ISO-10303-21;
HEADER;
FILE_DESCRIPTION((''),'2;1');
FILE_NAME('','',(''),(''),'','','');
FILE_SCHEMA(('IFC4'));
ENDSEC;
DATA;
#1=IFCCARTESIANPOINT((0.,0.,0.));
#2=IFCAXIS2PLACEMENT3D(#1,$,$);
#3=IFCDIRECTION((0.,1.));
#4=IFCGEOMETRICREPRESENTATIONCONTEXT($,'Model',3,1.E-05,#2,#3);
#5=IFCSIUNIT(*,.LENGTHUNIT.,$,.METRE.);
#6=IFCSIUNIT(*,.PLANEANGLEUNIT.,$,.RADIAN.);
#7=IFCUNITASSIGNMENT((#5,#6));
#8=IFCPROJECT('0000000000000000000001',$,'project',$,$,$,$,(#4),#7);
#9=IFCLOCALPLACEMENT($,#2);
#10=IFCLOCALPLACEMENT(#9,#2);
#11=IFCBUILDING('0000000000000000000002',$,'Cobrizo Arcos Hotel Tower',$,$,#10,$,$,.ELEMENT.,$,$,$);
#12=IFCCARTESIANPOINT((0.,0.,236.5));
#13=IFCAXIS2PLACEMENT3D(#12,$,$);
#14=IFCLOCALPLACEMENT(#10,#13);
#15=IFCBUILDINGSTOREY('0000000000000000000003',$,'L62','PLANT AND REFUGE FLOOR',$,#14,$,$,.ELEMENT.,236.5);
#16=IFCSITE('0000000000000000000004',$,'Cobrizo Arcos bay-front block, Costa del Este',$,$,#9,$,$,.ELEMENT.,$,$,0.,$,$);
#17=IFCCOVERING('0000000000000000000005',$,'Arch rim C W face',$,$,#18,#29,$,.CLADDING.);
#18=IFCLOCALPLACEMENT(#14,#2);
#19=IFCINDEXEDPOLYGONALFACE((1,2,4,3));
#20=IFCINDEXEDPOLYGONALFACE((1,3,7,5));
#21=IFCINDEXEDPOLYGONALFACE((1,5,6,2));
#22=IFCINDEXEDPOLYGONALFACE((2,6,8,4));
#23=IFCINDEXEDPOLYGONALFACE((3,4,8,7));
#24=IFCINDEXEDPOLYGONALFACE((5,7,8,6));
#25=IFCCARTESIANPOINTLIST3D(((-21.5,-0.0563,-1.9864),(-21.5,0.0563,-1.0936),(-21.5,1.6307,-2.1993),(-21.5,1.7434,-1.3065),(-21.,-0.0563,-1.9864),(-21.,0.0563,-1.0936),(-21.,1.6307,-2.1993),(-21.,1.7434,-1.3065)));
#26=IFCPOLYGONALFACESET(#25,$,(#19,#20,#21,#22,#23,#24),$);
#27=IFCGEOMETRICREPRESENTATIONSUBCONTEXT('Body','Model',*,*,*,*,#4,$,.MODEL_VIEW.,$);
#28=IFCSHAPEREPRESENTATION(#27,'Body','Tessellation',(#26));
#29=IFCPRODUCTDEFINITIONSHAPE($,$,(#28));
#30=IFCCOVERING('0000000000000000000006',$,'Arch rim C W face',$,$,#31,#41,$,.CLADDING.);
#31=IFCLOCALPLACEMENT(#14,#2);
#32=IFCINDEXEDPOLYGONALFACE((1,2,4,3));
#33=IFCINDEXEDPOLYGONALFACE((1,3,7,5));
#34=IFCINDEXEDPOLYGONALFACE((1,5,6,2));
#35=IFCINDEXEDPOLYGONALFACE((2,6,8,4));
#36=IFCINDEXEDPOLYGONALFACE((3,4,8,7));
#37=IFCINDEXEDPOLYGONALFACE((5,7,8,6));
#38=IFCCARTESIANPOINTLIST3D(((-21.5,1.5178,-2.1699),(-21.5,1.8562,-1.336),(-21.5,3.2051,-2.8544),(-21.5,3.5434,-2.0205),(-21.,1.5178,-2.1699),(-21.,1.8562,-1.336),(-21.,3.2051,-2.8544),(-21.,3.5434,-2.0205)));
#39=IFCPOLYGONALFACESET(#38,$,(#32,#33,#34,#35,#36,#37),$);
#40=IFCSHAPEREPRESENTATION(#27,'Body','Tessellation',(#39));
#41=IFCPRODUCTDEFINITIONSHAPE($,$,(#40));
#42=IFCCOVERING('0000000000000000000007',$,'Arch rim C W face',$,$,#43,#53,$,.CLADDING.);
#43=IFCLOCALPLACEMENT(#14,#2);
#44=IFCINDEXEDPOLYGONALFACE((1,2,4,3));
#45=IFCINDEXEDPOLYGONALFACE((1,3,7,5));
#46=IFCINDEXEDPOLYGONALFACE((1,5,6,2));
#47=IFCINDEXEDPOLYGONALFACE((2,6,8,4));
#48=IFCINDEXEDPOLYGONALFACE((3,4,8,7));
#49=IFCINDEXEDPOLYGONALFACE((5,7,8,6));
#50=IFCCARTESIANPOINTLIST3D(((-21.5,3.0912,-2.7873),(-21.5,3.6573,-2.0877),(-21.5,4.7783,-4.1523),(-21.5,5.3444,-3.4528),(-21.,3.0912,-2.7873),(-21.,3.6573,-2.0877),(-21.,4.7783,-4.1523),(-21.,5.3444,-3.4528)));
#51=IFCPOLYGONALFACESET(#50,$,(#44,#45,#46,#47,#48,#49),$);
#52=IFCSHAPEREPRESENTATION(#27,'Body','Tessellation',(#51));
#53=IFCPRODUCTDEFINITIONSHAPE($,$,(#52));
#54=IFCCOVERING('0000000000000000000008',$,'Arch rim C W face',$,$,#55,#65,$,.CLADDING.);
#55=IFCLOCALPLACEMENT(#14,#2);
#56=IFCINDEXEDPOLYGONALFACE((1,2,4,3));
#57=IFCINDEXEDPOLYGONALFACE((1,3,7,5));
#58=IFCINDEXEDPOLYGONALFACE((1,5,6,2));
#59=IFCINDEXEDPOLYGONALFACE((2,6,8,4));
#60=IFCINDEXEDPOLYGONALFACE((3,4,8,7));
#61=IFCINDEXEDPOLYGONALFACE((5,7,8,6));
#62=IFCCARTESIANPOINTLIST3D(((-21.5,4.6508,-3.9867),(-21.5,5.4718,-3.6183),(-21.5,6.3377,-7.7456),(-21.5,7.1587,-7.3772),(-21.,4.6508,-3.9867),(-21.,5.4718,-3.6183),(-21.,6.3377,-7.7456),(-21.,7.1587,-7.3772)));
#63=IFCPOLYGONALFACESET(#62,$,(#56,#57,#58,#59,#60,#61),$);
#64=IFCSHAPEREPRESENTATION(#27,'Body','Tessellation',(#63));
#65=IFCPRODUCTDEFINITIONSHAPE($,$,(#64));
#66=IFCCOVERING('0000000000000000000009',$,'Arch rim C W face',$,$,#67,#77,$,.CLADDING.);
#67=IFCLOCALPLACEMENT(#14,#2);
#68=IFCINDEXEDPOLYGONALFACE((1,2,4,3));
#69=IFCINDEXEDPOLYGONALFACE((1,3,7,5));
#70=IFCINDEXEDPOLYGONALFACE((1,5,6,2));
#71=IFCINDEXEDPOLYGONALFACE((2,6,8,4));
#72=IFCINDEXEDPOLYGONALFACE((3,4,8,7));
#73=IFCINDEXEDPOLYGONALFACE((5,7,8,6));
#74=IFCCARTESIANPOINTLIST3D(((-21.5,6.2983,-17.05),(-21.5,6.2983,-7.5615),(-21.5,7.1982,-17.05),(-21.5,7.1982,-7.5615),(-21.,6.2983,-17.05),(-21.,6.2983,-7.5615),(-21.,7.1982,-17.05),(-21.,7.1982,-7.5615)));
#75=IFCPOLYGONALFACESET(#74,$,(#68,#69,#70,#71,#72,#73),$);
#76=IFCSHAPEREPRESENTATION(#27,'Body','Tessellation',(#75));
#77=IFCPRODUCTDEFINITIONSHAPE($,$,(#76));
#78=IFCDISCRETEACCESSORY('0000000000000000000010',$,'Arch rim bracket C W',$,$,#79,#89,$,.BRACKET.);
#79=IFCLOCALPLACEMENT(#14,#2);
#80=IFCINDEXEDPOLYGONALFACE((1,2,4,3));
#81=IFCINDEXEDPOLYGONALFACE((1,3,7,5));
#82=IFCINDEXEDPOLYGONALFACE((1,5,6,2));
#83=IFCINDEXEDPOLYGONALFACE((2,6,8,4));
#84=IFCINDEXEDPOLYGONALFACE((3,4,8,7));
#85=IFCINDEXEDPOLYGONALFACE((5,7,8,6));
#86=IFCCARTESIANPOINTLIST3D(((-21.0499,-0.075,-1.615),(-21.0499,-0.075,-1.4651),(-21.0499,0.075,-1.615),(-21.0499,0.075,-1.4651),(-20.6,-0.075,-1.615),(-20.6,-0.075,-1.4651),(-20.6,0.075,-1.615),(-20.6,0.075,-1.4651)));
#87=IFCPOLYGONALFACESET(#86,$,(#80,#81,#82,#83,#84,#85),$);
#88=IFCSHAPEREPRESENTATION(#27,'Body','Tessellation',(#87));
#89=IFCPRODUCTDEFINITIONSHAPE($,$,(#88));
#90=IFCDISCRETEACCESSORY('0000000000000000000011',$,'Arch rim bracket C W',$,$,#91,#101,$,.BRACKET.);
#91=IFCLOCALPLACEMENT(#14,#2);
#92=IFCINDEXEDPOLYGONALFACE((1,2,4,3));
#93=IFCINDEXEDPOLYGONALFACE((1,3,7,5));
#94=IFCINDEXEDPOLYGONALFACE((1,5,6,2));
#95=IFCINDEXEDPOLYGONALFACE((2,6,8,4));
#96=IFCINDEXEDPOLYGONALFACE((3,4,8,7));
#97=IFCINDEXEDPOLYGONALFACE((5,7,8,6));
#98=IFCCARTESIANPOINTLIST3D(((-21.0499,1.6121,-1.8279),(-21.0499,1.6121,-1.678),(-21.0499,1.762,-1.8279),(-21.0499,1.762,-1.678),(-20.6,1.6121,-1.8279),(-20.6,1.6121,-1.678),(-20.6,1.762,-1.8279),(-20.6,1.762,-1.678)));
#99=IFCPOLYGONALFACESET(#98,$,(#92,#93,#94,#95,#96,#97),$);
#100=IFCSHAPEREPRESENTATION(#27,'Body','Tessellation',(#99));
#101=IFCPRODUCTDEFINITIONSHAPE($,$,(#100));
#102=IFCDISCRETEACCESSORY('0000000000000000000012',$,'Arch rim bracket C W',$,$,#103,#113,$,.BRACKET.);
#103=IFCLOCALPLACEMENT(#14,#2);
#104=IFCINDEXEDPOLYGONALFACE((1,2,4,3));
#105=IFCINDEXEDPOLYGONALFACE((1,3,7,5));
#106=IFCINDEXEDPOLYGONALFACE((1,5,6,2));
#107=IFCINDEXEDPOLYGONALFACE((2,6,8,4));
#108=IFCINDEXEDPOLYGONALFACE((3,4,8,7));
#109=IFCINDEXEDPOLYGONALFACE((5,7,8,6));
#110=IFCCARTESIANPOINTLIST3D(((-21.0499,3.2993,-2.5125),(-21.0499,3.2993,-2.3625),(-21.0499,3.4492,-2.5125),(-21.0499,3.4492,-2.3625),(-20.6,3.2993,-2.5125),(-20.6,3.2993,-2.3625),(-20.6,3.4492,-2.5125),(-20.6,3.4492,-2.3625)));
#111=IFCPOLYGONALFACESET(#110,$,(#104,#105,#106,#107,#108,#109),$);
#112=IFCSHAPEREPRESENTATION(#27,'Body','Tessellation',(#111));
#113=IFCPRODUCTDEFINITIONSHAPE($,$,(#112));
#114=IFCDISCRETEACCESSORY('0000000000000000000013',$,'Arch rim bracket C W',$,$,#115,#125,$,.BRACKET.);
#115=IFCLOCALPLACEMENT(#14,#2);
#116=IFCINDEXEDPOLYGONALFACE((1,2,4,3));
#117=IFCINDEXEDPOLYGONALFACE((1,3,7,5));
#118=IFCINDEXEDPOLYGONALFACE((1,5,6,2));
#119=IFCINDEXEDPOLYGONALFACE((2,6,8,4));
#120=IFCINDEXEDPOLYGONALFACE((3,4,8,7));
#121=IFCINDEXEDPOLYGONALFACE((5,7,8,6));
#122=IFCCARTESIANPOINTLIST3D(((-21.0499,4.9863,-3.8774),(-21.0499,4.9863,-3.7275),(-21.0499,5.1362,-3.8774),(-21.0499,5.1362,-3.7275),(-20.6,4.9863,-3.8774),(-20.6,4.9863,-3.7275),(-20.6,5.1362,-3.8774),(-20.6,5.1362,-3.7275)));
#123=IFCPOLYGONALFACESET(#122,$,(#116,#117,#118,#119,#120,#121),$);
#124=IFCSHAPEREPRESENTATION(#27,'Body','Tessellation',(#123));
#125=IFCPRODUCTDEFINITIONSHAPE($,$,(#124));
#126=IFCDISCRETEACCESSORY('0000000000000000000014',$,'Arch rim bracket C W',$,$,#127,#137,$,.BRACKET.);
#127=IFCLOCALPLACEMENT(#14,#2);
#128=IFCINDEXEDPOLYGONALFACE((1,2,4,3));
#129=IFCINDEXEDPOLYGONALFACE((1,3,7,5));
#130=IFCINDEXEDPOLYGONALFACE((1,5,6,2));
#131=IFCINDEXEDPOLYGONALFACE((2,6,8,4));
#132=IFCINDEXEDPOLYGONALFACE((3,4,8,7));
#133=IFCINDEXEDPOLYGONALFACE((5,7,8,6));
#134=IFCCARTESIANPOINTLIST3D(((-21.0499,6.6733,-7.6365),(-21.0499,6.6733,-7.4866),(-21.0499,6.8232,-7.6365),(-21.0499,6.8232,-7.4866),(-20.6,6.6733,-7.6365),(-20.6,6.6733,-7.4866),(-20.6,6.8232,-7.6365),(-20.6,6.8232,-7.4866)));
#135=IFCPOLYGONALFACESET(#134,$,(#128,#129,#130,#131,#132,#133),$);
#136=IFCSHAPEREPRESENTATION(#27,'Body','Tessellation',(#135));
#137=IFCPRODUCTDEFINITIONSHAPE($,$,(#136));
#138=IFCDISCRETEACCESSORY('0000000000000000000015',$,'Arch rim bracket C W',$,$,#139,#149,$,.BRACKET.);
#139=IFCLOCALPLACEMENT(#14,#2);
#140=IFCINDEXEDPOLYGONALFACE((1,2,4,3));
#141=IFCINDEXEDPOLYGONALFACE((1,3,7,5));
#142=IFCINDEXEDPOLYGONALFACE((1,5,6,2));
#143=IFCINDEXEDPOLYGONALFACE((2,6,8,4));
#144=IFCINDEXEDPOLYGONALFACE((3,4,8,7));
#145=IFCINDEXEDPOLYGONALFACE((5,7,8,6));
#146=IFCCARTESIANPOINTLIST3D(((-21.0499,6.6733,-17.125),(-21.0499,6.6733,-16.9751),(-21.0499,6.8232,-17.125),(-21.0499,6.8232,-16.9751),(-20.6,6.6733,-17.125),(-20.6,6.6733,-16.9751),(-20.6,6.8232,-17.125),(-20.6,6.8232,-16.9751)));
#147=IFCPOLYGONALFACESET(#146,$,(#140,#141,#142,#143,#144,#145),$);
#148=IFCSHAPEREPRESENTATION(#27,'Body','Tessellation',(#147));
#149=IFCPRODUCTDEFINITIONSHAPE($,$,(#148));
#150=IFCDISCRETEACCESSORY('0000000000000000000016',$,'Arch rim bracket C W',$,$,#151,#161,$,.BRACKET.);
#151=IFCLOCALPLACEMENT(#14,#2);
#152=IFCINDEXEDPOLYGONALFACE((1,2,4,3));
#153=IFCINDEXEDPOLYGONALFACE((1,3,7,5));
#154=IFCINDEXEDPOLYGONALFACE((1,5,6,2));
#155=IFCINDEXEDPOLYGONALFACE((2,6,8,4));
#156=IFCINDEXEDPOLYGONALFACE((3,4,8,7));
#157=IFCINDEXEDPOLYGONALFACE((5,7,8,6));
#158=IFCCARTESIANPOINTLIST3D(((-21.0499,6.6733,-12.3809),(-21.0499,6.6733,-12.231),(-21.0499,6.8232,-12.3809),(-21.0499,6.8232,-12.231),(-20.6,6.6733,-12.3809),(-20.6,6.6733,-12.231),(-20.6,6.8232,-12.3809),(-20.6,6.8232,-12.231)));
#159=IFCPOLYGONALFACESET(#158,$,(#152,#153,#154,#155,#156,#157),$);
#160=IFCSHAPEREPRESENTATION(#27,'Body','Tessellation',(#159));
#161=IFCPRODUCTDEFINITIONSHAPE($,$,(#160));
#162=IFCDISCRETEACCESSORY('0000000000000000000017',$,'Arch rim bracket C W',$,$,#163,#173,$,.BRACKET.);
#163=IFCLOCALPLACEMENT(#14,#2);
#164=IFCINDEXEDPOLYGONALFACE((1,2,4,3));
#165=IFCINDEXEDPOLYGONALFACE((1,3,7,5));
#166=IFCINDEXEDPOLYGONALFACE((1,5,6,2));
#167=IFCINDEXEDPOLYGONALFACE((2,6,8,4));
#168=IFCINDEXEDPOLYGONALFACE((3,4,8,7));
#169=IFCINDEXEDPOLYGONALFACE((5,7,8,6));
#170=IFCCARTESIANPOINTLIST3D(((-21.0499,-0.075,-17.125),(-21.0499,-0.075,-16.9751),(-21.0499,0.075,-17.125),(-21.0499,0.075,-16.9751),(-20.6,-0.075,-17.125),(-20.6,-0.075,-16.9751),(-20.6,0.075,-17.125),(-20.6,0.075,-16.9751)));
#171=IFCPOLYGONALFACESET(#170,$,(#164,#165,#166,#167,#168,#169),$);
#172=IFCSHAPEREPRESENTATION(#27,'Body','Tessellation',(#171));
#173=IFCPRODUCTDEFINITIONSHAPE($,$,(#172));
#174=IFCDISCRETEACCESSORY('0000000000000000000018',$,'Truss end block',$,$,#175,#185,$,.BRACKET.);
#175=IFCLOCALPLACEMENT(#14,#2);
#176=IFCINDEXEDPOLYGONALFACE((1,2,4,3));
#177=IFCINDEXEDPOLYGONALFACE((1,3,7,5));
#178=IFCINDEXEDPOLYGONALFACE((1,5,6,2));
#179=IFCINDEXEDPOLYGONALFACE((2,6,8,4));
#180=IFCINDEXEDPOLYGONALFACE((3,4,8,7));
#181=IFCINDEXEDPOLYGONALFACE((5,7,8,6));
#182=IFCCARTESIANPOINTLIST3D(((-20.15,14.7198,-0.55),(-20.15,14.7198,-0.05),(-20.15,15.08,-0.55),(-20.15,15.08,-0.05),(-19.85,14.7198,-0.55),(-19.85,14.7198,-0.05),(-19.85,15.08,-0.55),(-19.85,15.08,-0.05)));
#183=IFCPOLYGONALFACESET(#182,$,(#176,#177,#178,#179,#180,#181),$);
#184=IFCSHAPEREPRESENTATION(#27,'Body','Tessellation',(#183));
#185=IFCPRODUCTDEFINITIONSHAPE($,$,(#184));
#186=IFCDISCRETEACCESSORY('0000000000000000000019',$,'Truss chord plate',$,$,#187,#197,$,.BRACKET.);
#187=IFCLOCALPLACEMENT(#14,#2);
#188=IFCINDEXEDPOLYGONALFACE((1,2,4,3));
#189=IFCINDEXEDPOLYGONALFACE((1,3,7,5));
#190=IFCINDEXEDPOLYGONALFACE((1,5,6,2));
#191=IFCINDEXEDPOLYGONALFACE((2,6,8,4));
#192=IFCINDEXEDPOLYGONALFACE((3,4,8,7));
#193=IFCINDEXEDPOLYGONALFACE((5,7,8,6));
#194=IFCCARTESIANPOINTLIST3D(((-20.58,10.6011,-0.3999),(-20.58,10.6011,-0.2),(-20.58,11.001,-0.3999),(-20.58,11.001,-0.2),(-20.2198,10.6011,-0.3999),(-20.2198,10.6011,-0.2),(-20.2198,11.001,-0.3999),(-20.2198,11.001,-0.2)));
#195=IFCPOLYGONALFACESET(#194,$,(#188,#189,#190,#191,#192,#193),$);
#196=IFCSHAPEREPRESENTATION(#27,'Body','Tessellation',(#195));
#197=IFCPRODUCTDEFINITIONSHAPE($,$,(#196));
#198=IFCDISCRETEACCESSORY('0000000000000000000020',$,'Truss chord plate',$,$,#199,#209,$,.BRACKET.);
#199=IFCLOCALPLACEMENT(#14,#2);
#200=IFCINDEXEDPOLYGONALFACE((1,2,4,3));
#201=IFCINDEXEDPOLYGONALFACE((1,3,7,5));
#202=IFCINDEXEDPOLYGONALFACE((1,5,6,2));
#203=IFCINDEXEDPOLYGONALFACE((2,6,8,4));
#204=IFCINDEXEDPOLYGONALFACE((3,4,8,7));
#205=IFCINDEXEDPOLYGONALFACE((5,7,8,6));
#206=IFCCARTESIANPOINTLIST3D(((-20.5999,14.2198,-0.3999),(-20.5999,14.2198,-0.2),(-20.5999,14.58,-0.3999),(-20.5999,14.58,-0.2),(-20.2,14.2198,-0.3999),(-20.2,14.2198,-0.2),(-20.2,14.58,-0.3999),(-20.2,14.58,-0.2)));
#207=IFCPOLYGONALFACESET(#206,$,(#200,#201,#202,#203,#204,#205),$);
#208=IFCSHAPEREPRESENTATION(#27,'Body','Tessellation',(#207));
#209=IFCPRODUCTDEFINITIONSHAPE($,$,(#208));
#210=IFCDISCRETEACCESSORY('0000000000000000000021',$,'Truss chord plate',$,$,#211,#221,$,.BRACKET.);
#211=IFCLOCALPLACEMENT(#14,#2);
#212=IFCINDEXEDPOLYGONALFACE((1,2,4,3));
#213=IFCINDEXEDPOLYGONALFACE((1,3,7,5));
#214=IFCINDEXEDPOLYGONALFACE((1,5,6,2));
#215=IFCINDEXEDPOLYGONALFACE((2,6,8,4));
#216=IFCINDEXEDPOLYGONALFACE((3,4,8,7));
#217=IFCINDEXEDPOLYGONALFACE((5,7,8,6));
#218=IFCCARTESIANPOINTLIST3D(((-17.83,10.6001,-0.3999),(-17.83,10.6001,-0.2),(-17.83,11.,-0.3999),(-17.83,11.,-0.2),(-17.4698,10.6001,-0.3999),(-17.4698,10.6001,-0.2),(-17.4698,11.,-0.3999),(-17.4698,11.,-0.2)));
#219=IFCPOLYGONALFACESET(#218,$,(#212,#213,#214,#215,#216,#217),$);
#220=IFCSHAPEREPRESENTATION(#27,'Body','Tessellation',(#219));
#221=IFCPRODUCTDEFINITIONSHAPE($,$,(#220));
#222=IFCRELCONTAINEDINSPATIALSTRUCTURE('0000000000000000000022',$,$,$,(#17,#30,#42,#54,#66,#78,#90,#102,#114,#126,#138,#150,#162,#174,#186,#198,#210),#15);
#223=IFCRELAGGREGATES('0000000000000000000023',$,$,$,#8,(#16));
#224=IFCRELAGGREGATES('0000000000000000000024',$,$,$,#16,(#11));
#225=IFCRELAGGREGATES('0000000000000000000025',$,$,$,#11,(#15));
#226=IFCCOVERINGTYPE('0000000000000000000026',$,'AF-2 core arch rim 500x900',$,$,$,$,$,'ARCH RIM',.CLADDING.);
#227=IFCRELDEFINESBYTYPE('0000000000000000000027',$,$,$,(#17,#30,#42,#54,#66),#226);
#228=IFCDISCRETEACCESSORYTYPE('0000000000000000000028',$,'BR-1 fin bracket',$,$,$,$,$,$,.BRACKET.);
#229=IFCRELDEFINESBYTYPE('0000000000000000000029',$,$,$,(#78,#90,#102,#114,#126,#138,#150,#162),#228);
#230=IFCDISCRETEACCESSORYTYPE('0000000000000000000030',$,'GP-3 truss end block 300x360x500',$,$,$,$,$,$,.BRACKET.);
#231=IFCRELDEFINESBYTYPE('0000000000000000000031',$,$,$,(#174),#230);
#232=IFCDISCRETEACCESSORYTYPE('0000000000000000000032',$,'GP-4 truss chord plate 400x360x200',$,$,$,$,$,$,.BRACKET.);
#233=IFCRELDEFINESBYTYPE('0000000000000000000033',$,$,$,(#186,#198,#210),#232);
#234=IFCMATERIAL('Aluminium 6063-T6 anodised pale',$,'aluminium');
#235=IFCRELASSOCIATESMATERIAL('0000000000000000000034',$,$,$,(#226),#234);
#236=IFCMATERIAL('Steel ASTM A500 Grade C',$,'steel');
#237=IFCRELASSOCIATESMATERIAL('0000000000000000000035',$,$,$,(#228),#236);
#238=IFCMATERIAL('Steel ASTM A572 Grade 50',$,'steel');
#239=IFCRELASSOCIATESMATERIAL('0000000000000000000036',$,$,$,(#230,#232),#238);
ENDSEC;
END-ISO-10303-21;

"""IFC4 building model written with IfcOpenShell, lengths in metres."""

from ifc_helpers import new_model, si_unit, direction, frame, origin, origin_2d, place, context, subcontext, project, spatial, rectangle, extrude, material, material_profile, profile_set, type_object, element, save


model = new_model("IFC4")

# Units and contexts
model_context = context("Model", 3, precision=1e-05, world=origin(), true_north=direction((0.0, 1.0)))
body_context = subcontext(model_context, "Body", "Model", "MODEL_VIEW")
ifc_project = project(units=[si_unit("LENGTHUNIT", "METRE"), si_unit("PLANEANGLEUNIT", "RADIAN")], contexts=[model_context])

# Site, building, storey
site_placement = place(None, origin())
site = spatial("IfcSite", under=ifc_project, at=site_placement, Name="Cobrizo Arcos bay-front block, Costa del Este", CompositionType="ELEMENT", RefElevation=0.0)
building_placement = place(site_placement, origin())
building = spatial("IfcBuilding", under=site, at=building_placement, Name="Cobrizo Arcos Hotel Tower", CompositionType="ELEMENT")
storey_placement = place(building_placement, frame((0.0, 0.0, 236.5)))
storey = spatial("IfcBuildingStorey", under=building, at=storey_placement, Name="L62", Description="PLANT AND REFUGE FLOOR", CompositionType="ELEMENT", Elevation=236.5)

# Shared definitions
ifc_material_1 = material(Name="Steel ASTM A572 Grade 50", Category="steel")

# Shared definitions
ifc_material_2 = material(Name="Steel ASTM A500 Grade C", Category="steel")

# Coverings
ifc_material_3 = material(Name="Aluminium 6063-T6 anodised pale", Category="aluminium")
ifc_material_profile_1 = material_profile(ifc_material_3, rectangle(XDim=0.5, YDim=0.8999, at=origin_2d()), Name="AF-2 core arch rim 500x900")
ifc_profile_set_1 = profile_set([ifc_material_profile_1], Name="Aluminium 6063-T6 anodised pale")
covering_type = type_object("IfcCoveringType", Name="AF-2 core arch rim 500x900", ElementType="ARCH RIM", PredefinedType="CLADDING", material=ifc_profile_set_1)
covering_1_placement = place(storey_placement, frame((-21.25, 0.0, -1.54), z_axis=(0.0, 0.992131, -0.125201), x_axis=(-1.0, 0.0, 0.0)))
element("IfcCovering", 1, at=covering_1_placement, inside=storey, type_object=covering_type, Name="Arch rim C W face", PredefinedType="CLADDING", context=body_context, shape_type="SweptSolid", body=[
    extrude(rectangle(XDim=0.5, YDim=0.8999, at=origin_2d()), origin(), (0.0, 0.0, 1.0), 1.7004),
])
covering_2_placement = place(storey_placement, frame((-21.25, 1.687, -1.7529), z_axis=(0.0, 0.926635, -0.375963), x_axis=(-1.0, 0.0, 0.0)))
element("IfcCovering", 2, at=covering_2_placement, inside=storey, type_object=covering_type, Name="Arch rim C W face", PredefinedType="CLADDING", context=body_context, shape_type="SweptSolid", body=[
    extrude(rectangle(XDim=0.5, YDim=0.8999, at=origin_2d()), origin(), (0.0, 0.0, 1.0), 1.8208),
])
covering_3_placement = place(storey_placement, frame((-21.25, 3.3743, -2.4375), z_axis=(0.0, 0.777399, -0.629007), x_axis=(-1.0, 0.0, 0.0)))
element("IfcCovering", 3, at=covering_3_placement, inside=storey, type_object=covering_type, Name="Arch rim C W face", PredefinedType="CLADDING", context=body_context, shape_type="SweptSolid", body=[
    extrude(rectangle(XDim=0.5, YDim=0.8999, at=origin_2d()), origin(), (0.0, 0.0, 1.0), 2.1702),
])
covering_4_placement = place(storey_placement, frame((-21.25, 5.0613, -3.8025), z_axis=(0.0, 0.409445, -0.912335), x_axis=(-1.0, 0.0, 0.0)))
element("IfcCovering", 4, at=covering_4_placement, inside=storey, type_object=covering_type, Name="Arch rim C W face", PredefinedType="CLADDING", context=body_context, shape_type="SweptSolid", body=[
    extrude(rectangle(XDim=0.5, YDim=0.8999, at=origin_2d()), origin(), (0.0, 0.0, 1.0), 4.1201),
])
covering_5_placement = place(storey_placement, frame((-21.25, 6.7483, -17.05), z_axis=(0.0, 0.0, 1.0), x_axis=(1.0, 0.0, 0.0)))
element("IfcCovering", 5, at=covering_5_placement, inside=storey, type_object=covering_type, Name="Arch rim C W face", PredefinedType="CLADDING", context=body_context, shape_type="SweptSolid", body=[
    extrude(rectangle(XDim=0.5, YDim=0.8999, at=origin_2d()), origin(), (0.0, 0.0, 1.0), 9.4885),
])

# Discrete accessories
discrete_accessory_type_1 = type_object("IfcDiscreteAccessoryType", Name="BR-1 fin bracket", PredefinedType="BRACKET", material=ifc_material_2)
for number, where, z_axis, x_axis, name in (
    (6, (-20.825, 0.0, -1.615), (0.0, 0.0, 1.0), (1.0, 0.0, 0.0), "Arch rim bracket C W"),
    (7, (-20.825, 1.687, -1.8279), (0.0, 0.0, 1.0), (1.0, 0.0, 0.0), "Arch rim bracket C W"),
    (8, (-20.825, 3.3743, -2.5125), (0.0, 0.0, 1.0), (1.0, 0.0, 0.0), "Arch rim bracket C W"),
    (9, (-20.825, 5.0613, -3.8774), (0.0, 0.0, 1.0), (1.0, 0.0, 0.0), "Arch rim bracket C W"),
    (10, (-20.825, 6.7483, -7.6365), (0.0, 0.0, 1.0), (1.0, 0.0, 0.0), "Arch rim bracket C W"),
    (11, (-20.825, 6.7483, -17.125), (0.0, 0.0, 1.0), (1.0, 0.0, 0.0), "Arch rim bracket C W"),
    (12, (-20.825, 6.7483, -12.3809), (0.0, 0.0, 1.0), (1.0, 0.0, 0.0), "Arch rim bracket C W"),
    (13, (-20.825, 0.0, -17.125), (0.0, 0.0, 1.0), (1.0, 0.0, 0.0), "Arch rim bracket C W"),
):
    element("IfcDiscreteAccessory", number, at=place(storey_placement, frame(where, z_axis=z_axis, x_axis=x_axis)), inside=storey, type_object=discrete_accessory_type_1, Name=name, PredefinedType="BRACKET", context=body_context, shape_type="SweptSolid", body=[
        extrude(rectangle(XDim=0.45, YDim=0.1499, at=origin_2d()), origin(), (0.0, 0.0, 1.0), 0.1499),
    ])
discrete_accessory_type_2 = type_object("IfcDiscreteAccessoryType", Name="GP-3 truss end block 300x360x500", PredefinedType="BRACKET", material=ifc_material_1)
discrete_accessory_placement = place(storey_placement, frame((-20.0, 14.8999, -0.55), z_axis=(0.0, 0.0, 1.0), x_axis=(1.0, 0.0, 0.0)))
element("IfcDiscreteAccessory", 14, at=discrete_accessory_placement, inside=storey, type_object=discrete_accessory_type_2, Name="Truss end block", PredefinedType="BRACKET", context=body_context, shape_type="SweptSolid", body=[
    extrude(rectangle(XDim=0.3, YDim=0.3601, at=origin_2d()), origin(), (0.0, 0.0, 1.0), 0.5),
])
discrete_accessory_type_3 = type_object("IfcDiscreteAccessoryType", Name="GP-4 truss chord plate 400x360x200", PredefinedType="BRACKET", material=ifc_material_1)
for number, where, z_axis, x_axis, name in (
    (15, (-20.3999, 10.801, -0.3999), (0.0, 0.0, 1.0), (0.0, -1.0, 0.0), "Truss chord plate"),
    (16, (-20.3999, 14.3999, -0.3999), (0.0, 0.0, 1.0), (-1.0, 0.0, 0.0), "Truss chord plate"),
    (17, (-17.6499, 10.8, -0.3999), (0.0, 0.0, 1.0), (0.0, 1.0, 0.0), "Truss chord plate"),
):
    element("IfcDiscreteAccessory", number, at=place(storey_placement, frame(where, z_axis=z_axis, x_axis=x_axis)), inside=storey, type_object=discrete_accessory_type_3, Name=name, PredefinedType="BRACKET", context=body_context, shape_type="SweptSolid", body=[
        extrude(rectangle(XDim=0.3999, YDim=0.3601, at=origin_2d()), origin(), (0.0, 0.0, 1.0), 0.2),
    ])

save(model, "model.ifc")
